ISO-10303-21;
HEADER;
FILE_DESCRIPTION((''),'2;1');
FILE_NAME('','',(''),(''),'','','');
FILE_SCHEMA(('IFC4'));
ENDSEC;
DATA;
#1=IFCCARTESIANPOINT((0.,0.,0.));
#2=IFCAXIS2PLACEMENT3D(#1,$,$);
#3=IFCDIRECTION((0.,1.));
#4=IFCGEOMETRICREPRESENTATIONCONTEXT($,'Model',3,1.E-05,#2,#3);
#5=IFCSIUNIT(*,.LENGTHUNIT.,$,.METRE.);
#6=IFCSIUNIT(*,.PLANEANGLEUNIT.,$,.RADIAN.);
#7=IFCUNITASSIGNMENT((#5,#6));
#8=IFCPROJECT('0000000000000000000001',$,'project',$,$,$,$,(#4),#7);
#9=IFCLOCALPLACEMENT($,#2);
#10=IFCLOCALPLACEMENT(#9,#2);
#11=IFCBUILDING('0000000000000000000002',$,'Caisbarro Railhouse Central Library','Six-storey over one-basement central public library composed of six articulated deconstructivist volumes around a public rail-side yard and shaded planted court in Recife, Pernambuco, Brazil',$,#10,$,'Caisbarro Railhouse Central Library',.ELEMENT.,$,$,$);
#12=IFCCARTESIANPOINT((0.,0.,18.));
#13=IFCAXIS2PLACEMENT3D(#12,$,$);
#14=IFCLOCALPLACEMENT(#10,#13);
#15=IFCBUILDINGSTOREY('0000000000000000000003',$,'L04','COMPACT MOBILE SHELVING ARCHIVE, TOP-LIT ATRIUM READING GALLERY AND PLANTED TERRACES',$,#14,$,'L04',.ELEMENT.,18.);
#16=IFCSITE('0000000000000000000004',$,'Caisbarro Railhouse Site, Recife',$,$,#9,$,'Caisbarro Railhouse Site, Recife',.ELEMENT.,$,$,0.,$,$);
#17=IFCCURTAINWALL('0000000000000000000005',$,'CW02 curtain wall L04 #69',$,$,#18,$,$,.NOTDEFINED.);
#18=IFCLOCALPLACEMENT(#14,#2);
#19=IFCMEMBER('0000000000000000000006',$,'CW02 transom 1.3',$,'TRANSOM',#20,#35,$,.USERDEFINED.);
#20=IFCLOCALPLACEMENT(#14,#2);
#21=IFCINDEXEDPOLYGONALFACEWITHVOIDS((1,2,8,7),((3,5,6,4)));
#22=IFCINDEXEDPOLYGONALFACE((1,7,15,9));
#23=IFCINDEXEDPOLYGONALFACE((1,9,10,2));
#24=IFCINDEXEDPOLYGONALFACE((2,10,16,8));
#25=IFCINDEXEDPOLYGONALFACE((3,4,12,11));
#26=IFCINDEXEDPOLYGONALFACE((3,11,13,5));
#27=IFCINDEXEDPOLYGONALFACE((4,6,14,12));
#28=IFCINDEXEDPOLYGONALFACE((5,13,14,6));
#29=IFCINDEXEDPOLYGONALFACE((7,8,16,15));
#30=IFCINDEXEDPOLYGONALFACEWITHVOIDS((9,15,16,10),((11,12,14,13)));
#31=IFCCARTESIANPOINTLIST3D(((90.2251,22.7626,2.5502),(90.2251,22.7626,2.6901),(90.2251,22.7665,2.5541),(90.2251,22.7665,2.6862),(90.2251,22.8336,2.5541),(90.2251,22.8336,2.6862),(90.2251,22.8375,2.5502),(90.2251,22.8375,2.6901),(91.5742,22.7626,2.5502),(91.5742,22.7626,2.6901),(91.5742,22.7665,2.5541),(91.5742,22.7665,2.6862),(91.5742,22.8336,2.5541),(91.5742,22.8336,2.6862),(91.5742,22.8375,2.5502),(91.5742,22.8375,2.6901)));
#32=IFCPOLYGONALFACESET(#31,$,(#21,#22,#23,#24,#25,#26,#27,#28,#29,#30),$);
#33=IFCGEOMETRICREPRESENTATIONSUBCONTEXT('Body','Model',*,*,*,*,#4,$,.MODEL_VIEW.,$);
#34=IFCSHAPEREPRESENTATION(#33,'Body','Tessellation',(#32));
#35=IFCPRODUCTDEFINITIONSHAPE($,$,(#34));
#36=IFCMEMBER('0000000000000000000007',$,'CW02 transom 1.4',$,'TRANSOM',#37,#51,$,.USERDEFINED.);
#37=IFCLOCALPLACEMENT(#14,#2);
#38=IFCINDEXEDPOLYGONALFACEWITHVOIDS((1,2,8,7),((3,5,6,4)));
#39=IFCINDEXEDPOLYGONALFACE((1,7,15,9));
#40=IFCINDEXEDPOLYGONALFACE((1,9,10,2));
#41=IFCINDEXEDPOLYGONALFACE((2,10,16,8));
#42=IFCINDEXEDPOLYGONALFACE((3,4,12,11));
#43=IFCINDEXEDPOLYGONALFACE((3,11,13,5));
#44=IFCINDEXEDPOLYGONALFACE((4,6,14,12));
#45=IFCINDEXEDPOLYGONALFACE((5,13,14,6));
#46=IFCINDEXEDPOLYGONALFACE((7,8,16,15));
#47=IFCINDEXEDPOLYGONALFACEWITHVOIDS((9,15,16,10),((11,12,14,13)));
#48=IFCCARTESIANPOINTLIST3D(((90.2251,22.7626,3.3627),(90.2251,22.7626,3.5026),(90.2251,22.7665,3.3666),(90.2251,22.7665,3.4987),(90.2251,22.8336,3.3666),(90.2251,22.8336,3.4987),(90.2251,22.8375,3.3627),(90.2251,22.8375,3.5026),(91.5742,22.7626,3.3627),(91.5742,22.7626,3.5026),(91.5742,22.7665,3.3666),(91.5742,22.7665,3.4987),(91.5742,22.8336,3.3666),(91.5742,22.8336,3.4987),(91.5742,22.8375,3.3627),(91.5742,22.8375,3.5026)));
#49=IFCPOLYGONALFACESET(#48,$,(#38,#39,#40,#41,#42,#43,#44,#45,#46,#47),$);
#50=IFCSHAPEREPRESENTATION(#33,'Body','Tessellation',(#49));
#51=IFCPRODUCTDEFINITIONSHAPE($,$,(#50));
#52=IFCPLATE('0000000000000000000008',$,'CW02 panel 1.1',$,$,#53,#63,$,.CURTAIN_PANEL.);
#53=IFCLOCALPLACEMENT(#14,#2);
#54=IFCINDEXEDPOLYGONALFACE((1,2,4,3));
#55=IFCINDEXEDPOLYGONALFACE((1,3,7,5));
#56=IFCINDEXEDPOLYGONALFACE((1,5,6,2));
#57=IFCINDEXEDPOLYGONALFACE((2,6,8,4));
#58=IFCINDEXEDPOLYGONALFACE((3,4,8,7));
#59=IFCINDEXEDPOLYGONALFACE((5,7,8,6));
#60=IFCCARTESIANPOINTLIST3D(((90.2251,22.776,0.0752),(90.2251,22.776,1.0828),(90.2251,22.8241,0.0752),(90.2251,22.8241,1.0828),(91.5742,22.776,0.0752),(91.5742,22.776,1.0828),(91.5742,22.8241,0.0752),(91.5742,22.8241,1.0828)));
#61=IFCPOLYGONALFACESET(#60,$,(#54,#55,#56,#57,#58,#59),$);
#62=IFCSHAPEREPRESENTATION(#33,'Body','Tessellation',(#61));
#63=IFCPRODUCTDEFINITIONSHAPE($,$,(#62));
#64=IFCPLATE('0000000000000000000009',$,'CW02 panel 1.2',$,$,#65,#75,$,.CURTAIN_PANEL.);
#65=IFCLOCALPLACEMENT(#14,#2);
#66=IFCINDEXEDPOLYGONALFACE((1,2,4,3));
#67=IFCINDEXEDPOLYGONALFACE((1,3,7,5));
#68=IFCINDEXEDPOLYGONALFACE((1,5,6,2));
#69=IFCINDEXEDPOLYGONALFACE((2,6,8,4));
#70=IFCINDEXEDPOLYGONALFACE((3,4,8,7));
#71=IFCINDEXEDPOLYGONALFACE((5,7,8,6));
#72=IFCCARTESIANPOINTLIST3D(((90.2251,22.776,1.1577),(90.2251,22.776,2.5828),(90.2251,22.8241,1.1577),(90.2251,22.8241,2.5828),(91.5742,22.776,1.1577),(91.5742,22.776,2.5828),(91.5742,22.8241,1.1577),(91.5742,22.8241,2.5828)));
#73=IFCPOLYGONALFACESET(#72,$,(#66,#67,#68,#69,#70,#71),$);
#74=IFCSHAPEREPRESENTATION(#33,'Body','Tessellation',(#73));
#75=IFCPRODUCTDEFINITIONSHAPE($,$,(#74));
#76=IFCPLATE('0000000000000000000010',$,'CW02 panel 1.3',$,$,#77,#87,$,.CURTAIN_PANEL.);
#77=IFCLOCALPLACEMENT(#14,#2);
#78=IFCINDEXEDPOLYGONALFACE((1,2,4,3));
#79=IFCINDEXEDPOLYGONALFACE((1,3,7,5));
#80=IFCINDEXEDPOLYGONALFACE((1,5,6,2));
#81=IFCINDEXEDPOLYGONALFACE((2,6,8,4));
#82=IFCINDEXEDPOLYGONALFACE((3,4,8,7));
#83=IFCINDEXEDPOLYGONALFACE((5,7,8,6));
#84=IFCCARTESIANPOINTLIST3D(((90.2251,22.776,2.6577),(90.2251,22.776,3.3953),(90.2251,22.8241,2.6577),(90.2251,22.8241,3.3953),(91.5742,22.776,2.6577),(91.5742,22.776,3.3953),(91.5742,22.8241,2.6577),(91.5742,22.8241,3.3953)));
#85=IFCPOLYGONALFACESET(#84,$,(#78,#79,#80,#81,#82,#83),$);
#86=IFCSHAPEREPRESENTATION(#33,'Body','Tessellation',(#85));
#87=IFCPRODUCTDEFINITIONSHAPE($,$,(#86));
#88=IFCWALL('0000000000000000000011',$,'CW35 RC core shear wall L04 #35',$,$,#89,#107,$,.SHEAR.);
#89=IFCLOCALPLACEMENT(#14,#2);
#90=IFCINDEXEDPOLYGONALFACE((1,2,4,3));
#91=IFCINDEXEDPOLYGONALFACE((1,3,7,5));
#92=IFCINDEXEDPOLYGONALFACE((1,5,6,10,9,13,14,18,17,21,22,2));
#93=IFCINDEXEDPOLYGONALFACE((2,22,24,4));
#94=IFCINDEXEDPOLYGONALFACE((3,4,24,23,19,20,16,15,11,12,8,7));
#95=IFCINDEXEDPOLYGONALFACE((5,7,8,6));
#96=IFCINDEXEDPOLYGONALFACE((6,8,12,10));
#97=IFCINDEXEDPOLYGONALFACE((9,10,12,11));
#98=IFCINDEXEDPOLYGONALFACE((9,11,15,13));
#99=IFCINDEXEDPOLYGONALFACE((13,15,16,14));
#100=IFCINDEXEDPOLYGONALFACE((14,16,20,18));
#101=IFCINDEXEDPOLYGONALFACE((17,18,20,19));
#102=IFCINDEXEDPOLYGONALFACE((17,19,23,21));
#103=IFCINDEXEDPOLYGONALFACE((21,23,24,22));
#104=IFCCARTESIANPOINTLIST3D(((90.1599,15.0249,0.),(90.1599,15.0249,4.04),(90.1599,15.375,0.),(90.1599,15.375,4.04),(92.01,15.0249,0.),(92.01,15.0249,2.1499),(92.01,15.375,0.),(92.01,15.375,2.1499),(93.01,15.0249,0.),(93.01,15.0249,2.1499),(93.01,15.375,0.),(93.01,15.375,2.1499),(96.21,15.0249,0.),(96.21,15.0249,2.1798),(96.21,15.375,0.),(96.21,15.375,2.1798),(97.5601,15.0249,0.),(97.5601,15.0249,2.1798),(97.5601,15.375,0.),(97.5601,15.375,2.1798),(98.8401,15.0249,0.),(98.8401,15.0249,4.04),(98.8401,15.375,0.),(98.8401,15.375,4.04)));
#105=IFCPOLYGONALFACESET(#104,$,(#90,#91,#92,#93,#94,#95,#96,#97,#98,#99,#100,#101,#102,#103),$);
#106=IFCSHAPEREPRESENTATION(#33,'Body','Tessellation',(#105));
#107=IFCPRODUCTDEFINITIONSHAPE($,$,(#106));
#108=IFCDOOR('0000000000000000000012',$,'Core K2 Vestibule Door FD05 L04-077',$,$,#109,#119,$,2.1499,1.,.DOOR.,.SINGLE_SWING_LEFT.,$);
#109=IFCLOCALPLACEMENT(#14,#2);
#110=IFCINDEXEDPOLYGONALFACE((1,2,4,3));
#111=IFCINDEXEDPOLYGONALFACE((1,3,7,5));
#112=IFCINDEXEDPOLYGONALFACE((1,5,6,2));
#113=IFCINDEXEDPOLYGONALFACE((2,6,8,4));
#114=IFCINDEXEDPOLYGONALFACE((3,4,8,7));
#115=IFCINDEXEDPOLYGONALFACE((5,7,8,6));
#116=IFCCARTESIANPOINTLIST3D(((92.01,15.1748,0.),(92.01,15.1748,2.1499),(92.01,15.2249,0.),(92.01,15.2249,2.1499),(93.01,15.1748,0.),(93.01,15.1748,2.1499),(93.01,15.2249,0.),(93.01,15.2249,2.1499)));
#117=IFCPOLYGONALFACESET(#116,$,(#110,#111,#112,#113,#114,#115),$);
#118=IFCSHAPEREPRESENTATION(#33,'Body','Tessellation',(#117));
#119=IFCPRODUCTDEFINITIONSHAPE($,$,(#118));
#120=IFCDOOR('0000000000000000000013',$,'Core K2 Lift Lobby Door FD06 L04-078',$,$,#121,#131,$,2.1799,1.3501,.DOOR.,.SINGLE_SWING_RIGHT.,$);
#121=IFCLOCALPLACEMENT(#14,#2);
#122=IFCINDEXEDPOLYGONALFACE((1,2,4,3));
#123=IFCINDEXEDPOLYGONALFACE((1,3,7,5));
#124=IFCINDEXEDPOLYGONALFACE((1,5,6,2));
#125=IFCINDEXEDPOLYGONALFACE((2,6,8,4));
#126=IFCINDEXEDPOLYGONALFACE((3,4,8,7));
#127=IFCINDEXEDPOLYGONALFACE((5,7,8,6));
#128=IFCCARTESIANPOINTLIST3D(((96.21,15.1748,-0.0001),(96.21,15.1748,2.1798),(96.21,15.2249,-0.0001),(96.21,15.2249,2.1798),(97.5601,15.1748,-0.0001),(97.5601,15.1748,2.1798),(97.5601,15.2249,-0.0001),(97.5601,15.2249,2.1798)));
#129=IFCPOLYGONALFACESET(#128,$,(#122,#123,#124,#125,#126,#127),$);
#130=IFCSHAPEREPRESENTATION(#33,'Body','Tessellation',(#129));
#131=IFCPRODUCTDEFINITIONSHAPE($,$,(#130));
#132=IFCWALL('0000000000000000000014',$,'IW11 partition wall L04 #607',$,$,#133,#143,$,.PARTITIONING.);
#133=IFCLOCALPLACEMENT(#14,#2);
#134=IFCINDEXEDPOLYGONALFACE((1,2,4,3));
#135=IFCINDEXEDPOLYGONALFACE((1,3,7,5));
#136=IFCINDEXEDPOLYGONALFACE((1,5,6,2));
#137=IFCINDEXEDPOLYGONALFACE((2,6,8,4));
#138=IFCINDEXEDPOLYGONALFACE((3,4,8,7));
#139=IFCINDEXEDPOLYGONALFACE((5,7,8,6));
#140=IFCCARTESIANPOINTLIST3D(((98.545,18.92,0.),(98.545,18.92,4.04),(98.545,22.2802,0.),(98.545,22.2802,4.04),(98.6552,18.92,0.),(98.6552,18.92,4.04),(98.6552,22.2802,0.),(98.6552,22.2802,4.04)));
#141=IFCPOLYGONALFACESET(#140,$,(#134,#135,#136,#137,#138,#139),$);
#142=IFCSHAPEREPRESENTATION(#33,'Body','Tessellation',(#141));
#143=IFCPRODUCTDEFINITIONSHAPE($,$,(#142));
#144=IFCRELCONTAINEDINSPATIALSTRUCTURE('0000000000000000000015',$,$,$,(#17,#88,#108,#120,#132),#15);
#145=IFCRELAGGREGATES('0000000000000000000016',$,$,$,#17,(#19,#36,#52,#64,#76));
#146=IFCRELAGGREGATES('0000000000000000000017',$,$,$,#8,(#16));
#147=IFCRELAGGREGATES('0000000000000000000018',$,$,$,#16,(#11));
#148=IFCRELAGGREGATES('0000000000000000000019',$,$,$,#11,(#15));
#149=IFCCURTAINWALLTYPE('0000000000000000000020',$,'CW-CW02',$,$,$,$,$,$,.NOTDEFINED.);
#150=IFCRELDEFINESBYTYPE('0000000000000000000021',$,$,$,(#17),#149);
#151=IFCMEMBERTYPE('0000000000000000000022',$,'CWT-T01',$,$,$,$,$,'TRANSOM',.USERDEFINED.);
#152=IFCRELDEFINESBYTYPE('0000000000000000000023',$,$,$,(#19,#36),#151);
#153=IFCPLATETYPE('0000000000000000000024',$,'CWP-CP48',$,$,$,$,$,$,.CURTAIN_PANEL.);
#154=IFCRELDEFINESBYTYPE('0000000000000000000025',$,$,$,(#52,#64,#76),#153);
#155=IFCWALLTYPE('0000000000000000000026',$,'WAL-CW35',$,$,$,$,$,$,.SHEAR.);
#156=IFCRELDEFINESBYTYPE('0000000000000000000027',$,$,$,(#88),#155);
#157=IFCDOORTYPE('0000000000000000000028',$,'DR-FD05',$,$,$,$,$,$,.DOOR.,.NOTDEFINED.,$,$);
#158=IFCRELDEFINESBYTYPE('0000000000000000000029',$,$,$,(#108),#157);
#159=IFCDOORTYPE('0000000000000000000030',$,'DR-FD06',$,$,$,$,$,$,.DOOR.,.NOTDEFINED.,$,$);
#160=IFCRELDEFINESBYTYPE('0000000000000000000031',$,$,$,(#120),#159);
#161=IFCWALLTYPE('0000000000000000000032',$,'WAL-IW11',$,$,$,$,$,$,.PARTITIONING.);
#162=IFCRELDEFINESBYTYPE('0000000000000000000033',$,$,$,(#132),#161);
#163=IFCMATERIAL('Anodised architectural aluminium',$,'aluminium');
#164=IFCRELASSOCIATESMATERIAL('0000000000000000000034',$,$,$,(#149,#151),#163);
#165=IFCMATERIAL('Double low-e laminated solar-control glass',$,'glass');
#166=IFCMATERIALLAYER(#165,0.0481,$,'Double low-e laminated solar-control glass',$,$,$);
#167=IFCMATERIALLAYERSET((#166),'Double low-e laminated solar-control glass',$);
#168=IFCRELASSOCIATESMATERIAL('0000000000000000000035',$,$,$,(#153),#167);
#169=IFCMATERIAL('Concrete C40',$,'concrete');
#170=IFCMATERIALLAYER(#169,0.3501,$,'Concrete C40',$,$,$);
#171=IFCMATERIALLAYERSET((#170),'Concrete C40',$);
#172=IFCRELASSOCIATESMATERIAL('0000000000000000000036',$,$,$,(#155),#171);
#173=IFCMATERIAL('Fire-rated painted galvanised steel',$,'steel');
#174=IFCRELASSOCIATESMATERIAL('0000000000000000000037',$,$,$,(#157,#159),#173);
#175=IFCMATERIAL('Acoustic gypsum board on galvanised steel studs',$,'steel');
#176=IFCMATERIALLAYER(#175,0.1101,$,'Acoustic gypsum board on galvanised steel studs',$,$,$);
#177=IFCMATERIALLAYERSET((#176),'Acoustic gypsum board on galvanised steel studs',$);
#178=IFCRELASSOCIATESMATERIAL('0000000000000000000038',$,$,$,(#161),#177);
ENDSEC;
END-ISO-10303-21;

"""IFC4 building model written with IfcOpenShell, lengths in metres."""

from ifc_helpers import new_model, si_unit, direction, frame, frame_2d, origin, origin_2d, place, context, subcontext, project, spatial, rectangle, hollow_rectangle, extrude, material, layer, layer_set, material_profile, profile_set, type_object, element, fill, aggregate, save


model = new_model("IFC4")

# Units and contexts
model_context = context("Model", 3, precision=1e-05, world=origin(), true_north=direction((0.0, 1.0)))
body_context = subcontext(model_context, "Body", "Model", "MODEL_VIEW")
ifc_project = project(units=[si_unit("LENGTHUNIT", "METRE"), si_unit("PLANEANGLEUNIT", "RADIAN")], contexts=[model_context])

# Site, building, storey
site_placement = place(None, origin())
site = spatial("IfcSite", under=ifc_project, at=site_placement, Name="Caisbarro Railhouse Site, Recife", LongName="Caisbarro Railhouse Site, Recife", CompositionType="ELEMENT", RefElevation=0.0)
building_placement = place(site_placement, origin())
building = spatial("IfcBuilding", under=site, at=building_placement, Name="Caisbarro Railhouse Central Library", Description="Six-storey over one-basement central public library composed of six articulated deconstructivist volumes around a public rail-side yard and shaded planted court in Recife, Pernambuco, Brazil", LongName="Caisbarro Railhouse Central Library", CompositionType="ELEMENT")
storey_placement = place(building_placement, frame((0.0, 0.0, 18.0)))
storey = spatial("IfcBuildingStorey", under=building, at=storey_placement, Name="L04", Description="COMPACT MOBILE SHELVING ARCHIVE, TOP-LIT ATRIUM READING GALLERY AND PLANTED TERRACES", LongName="L04", CompositionType="ELEMENT", Elevation=18.0)

# Curtain wall, members, plates
ifc_material_1 = material(Name="Anodised architectural aluminium", Category="aluminium")
curtain_wall_type = type_object("IfcCurtainWallType", Name="CW-CW02", PredefinedType="NOTDEFINED", material=ifc_material_1)
curtain_wall_placement = place(storey_placement, origin())
curtain_wall = element("IfcCurtainWall", 1, at=curtain_wall_placement, inside=storey, type_object=curtain_wall_type, Name="CW02 curtain wall L04 #69", PredefinedType="NOTDEFINED")
ifc_material_profile_1 = material_profile(ifc_material_1, hollow_rectangle(XDim=0.075, YDim=0.1399, WallThickness=0.0039, at=origin_2d()), Name="ALU-TRN-75X140")
ifc_profile_set_1 = profile_set([ifc_material_profile_1], Name="Anodised architectural aluminium")
member_type_1 = type_object("IfcMemberType", Name="CWT-T01", ElementType="TRANSOM", PredefinedType="USERDEFINED", material=ifc_profile_set_1)
member_1_placement = place(storey_placement, frame((90.2251, 22.8, 2.6201), z_axis=(1.0, 0.0, 0.0), x_axis=(0.0, 1.0, 0.0)))
member_1 = element("IfcMember", 2, at=member_1_placement, type_object=member_type_1, Name="CW02 transom 1.3", ObjectType="TRANSOM", PredefinedType="USERDEFINED", context=body_context, shape_type="SweptSolid", body=[
    extrude(hollow_rectangle(XDim=0.075, YDim=0.1399, WallThickness=0.0039, at=origin_2d()), origin(), (0.0, 0.0, 1.0), 1.3491),
])
member_2_placement = place(storey_placement, frame((90.2251, 22.8, 3.4326), z_axis=(1.0, 0.0, 0.0), x_axis=(0.0, 1.0, 0.0)))
member_2 = element("IfcMember", 3, at=member_2_placement, type_object=member_type_1, Name="CW02 transom 1.4", ObjectType="TRANSOM", PredefinedType="USERDEFINED", context=body_context, shape_type="SweptSolid", body=[
    extrude(hollow_rectangle(XDim=0.075, YDim=0.1399, WallThickness=0.0039, at=origin_2d()), origin(), (0.0, 0.0, 1.0), 1.3491),
])
ifc_material_2 = material(Name="Double low-e laminated solar-control glass", Category="glass")
ifc_layer_1 = layer(ifc_material_2, 0.0481, Name="Double low-e laminated solar-control glass")
ifc_layer_set_1 = layer_set([ifc_layer_1], Name="Double low-e laminated solar-control glass")
plate_type = type_object("IfcPlateType", Name="CWP-CP48", PredefinedType="CURTAIN_PANEL", material=ifc_layer_set_1)
plate_1_placement = place(storey_placement, frame((90.8997, 22.8, 0.0752), z_axis=(0.0, 0.0, 1.0), x_axis=(1.0, 0.0, 0.0)))
plate_1 = element("IfcPlate", 4, at=plate_1_placement, type_object=plate_type, Name="CW02 panel 1.1", PredefinedType="CURTAIN_PANEL", context=body_context, shape_type="SweptSolid", body=[
    extrude(rectangle(XDim=1.3491, YDim=0.0481, at=origin_2d()), origin(), (0.0, 0.0, 1.0), 1.0076),
])
plate_2_placement = place(storey_placement, frame((90.8997, 22.8, 1.1577), z_axis=(0.0, 0.0, 1.0), x_axis=(1.0, 0.0, 0.0)))
plate_2 = element("IfcPlate", 5, at=plate_2_placement, type_object=plate_type, Name="CW02 panel 1.2", PredefinedType="CURTAIN_PANEL", context=body_context, shape_type="SweptSolid", body=[
    extrude(rectangle(XDim=1.3491, YDim=0.0481, at=origin_2d()), origin(), (0.0, 0.0, 1.0), 1.425),
])
plate_3_placement = place(storey_placement, frame((90.8997, 22.8, 2.6577), z_axis=(0.0, 0.0, 1.0), x_axis=(1.0, 0.0, 0.0)))
plate_3 = element("IfcPlate", 6, at=plate_3_placement, type_object=plate_type, Name="CW02 panel 1.3", PredefinedType="CURTAIN_PANEL", context=body_context, shape_type="SweptSolid", body=[
    extrude(rectangle(XDim=1.3491, YDim=0.0481, at=origin_2d()), origin(), (0.0, 0.0, 1.0), 0.7375),
])
aggregate(curtain_wall, [member_1, member_2, plate_1, plate_2, plate_3])

# Wall, openings, doors
ifc_material_3 = material(Name="Concrete C40", Category="concrete")
ifc_layer_2 = layer(ifc_material_3, 0.3501, Name="Concrete C40")
ifc_layer_set_2 = layer_set([ifc_layer_2], Name="Concrete C40")
wall_type_1 = type_object("IfcWallType", Name="WAL-CW35", PredefinedType="SHEAR", material=ifc_layer_set_2)
wall_1_placement = place(storey_placement, frame((90.1599, 15.2, 0.0), z_axis=(0.0, 0.0, 1.0), x_axis=(1.0, 0.0, 0.0)))
wall_1 = element("IfcWall", 7, at=wall_1_placement, inside=storey, type_object=wall_type_1, Name="CW35 RC core shear wall L04 #35", PredefinedType="SHEAR", context=body_context, shape_type="SweptSolid", body=[
    extrude(rectangle(XDim=8.6802, YDim=0.3501, at=frame_2d((4.3401, 0.0))), origin(), (0.0, 0.0, 1.0), 4.04),
])
opening_1_placement = place(wall_1_placement, frame((1.8501, 0.0, 0.0)))
opening_1 = element("IfcOpeningElement", 8, at=opening_1_placement, cuts=wall_1, PredefinedType="OPENING", context=body_context, shape_type="SweptSolid", body=[
    extrude(rectangle(XDim=1.0, YDim=2.1499, at=frame_2d((0.5, 1.075))), frame((0.0, 0.1851, 0.0), z_axis=(0.0, -1.0, 0.0), x_axis=(1.0, 0.0, 0.0)), (0.0, 0.0, 1.0), 0.3701),
])
opening_2_placement = place(wall_1_placement, frame((6.05, 0.0, 0.0)))
opening_2 = element("IfcOpeningElement", 9, at=opening_2_placement, cuts=wall_1, PredefinedType="OPENING", context=body_context, shape_type="SweptSolid", body=[
    extrude(rectangle(XDim=1.3501, YDim=2.1799, at=frame_2d((0.675, 1.0898))), frame((0.0, 0.1851, 0.0), z_axis=(0.0, -1.0, 0.0), x_axis=(1.0, 0.0, 0.0)), (0.0, 0.0, 1.0), 0.3701),
])
ifc_material_4 = material(Name="Fire-rated painted galvanised steel", Category="steel")
door_type_1 = type_object("IfcDoorType", Name="DR-FD05", OperationType="NOTDEFINED", PredefinedType="DOOR", material=ifc_material_4)
door_1_placement = place(opening_1_placement, origin())
door_1 = element("IfcDoor", 10, at=door_1_placement, inside=storey, type_object=door_type_1, Name="Core K2 Vestibule Door FD05 L04-077", OperationType="SINGLE_SWING_LEFT", OverallHeight=2.1499, OverallWidth=1.0, PredefinedType="DOOR", context=body_context, shape_type="SweptSolid", body=[
    extrude(rectangle(XDim=1.0, YDim=2.1499, at=frame_2d((0.5, 1.075))), frame((0.0, 0.0249, 0.0), z_axis=(0.0, -1.0, 0.0), x_axis=(1.0, 0.0, 0.0)), (0.0, 0.0, 1.0), 0.05),
])
fill(opening_1, door_1)
door_type_2 = type_object("IfcDoorType", Name="DR-FD06", OperationType="NOTDEFINED", PredefinedType="DOOR", material=ifc_material_4)
door_2_placement = place(opening_2_placement, origin())
door_2 = element("IfcDoor", 11, at=door_2_placement, inside=storey, type_object=door_type_2, Name="Core K2 Lift Lobby Door FD06 L04-078", OperationType="SINGLE_SWING_RIGHT", OverallHeight=2.1799, OverallWidth=1.3501, PredefinedType="DOOR", context=body_context, shape_type="SweptSolid", body=[
    extrude(rectangle(XDim=1.3501, YDim=2.1799, at=frame_2d((0.675, 1.0898))), frame((0.0, 0.0249, 0.0), z_axis=(0.0, -1.0, 0.0), x_axis=(1.0, 0.0, 0.0)), (0.0, 0.0, 1.0), 0.05),
])
fill(opening_2, door_2)

# Wall
ifc_material_5 = material(Name="Acoustic gypsum board on galvanised steel studs", Category="steel")
ifc_layer_3 = layer(ifc_material_5, 0.1101, Name="Acoustic gypsum board on galvanised steel studs")
ifc_layer_set_3 = layer_set([ifc_layer_3], Name="Acoustic gypsum board on galvanised steel studs")
wall_type_2 = type_object("IfcWallType", Name="WAL-IW11", PredefinedType="PARTITIONING", material=ifc_layer_set_3)
wall_2_placement = place(storey_placement, frame((98.6001, 18.9199, 0.0), z_axis=(0.0, 0.0, 1.0), x_axis=(0.0, 1.0, 0.0)))
element("IfcWall", 12, at=wall_2_placement, inside=storey, type_object=wall_type_2, Name="IW11 partition wall L04 #607", PredefinedType="PARTITIONING", context=body_context, shape_type="SweptSolid", body=[
    extrude(rectangle(XDim=3.3601, YDim=0.1101, at=frame_2d((1.6802, 0.0))), origin(), (0.0, 0.0, 1.0), 4.04),
])

save(model, "model.ifc")
